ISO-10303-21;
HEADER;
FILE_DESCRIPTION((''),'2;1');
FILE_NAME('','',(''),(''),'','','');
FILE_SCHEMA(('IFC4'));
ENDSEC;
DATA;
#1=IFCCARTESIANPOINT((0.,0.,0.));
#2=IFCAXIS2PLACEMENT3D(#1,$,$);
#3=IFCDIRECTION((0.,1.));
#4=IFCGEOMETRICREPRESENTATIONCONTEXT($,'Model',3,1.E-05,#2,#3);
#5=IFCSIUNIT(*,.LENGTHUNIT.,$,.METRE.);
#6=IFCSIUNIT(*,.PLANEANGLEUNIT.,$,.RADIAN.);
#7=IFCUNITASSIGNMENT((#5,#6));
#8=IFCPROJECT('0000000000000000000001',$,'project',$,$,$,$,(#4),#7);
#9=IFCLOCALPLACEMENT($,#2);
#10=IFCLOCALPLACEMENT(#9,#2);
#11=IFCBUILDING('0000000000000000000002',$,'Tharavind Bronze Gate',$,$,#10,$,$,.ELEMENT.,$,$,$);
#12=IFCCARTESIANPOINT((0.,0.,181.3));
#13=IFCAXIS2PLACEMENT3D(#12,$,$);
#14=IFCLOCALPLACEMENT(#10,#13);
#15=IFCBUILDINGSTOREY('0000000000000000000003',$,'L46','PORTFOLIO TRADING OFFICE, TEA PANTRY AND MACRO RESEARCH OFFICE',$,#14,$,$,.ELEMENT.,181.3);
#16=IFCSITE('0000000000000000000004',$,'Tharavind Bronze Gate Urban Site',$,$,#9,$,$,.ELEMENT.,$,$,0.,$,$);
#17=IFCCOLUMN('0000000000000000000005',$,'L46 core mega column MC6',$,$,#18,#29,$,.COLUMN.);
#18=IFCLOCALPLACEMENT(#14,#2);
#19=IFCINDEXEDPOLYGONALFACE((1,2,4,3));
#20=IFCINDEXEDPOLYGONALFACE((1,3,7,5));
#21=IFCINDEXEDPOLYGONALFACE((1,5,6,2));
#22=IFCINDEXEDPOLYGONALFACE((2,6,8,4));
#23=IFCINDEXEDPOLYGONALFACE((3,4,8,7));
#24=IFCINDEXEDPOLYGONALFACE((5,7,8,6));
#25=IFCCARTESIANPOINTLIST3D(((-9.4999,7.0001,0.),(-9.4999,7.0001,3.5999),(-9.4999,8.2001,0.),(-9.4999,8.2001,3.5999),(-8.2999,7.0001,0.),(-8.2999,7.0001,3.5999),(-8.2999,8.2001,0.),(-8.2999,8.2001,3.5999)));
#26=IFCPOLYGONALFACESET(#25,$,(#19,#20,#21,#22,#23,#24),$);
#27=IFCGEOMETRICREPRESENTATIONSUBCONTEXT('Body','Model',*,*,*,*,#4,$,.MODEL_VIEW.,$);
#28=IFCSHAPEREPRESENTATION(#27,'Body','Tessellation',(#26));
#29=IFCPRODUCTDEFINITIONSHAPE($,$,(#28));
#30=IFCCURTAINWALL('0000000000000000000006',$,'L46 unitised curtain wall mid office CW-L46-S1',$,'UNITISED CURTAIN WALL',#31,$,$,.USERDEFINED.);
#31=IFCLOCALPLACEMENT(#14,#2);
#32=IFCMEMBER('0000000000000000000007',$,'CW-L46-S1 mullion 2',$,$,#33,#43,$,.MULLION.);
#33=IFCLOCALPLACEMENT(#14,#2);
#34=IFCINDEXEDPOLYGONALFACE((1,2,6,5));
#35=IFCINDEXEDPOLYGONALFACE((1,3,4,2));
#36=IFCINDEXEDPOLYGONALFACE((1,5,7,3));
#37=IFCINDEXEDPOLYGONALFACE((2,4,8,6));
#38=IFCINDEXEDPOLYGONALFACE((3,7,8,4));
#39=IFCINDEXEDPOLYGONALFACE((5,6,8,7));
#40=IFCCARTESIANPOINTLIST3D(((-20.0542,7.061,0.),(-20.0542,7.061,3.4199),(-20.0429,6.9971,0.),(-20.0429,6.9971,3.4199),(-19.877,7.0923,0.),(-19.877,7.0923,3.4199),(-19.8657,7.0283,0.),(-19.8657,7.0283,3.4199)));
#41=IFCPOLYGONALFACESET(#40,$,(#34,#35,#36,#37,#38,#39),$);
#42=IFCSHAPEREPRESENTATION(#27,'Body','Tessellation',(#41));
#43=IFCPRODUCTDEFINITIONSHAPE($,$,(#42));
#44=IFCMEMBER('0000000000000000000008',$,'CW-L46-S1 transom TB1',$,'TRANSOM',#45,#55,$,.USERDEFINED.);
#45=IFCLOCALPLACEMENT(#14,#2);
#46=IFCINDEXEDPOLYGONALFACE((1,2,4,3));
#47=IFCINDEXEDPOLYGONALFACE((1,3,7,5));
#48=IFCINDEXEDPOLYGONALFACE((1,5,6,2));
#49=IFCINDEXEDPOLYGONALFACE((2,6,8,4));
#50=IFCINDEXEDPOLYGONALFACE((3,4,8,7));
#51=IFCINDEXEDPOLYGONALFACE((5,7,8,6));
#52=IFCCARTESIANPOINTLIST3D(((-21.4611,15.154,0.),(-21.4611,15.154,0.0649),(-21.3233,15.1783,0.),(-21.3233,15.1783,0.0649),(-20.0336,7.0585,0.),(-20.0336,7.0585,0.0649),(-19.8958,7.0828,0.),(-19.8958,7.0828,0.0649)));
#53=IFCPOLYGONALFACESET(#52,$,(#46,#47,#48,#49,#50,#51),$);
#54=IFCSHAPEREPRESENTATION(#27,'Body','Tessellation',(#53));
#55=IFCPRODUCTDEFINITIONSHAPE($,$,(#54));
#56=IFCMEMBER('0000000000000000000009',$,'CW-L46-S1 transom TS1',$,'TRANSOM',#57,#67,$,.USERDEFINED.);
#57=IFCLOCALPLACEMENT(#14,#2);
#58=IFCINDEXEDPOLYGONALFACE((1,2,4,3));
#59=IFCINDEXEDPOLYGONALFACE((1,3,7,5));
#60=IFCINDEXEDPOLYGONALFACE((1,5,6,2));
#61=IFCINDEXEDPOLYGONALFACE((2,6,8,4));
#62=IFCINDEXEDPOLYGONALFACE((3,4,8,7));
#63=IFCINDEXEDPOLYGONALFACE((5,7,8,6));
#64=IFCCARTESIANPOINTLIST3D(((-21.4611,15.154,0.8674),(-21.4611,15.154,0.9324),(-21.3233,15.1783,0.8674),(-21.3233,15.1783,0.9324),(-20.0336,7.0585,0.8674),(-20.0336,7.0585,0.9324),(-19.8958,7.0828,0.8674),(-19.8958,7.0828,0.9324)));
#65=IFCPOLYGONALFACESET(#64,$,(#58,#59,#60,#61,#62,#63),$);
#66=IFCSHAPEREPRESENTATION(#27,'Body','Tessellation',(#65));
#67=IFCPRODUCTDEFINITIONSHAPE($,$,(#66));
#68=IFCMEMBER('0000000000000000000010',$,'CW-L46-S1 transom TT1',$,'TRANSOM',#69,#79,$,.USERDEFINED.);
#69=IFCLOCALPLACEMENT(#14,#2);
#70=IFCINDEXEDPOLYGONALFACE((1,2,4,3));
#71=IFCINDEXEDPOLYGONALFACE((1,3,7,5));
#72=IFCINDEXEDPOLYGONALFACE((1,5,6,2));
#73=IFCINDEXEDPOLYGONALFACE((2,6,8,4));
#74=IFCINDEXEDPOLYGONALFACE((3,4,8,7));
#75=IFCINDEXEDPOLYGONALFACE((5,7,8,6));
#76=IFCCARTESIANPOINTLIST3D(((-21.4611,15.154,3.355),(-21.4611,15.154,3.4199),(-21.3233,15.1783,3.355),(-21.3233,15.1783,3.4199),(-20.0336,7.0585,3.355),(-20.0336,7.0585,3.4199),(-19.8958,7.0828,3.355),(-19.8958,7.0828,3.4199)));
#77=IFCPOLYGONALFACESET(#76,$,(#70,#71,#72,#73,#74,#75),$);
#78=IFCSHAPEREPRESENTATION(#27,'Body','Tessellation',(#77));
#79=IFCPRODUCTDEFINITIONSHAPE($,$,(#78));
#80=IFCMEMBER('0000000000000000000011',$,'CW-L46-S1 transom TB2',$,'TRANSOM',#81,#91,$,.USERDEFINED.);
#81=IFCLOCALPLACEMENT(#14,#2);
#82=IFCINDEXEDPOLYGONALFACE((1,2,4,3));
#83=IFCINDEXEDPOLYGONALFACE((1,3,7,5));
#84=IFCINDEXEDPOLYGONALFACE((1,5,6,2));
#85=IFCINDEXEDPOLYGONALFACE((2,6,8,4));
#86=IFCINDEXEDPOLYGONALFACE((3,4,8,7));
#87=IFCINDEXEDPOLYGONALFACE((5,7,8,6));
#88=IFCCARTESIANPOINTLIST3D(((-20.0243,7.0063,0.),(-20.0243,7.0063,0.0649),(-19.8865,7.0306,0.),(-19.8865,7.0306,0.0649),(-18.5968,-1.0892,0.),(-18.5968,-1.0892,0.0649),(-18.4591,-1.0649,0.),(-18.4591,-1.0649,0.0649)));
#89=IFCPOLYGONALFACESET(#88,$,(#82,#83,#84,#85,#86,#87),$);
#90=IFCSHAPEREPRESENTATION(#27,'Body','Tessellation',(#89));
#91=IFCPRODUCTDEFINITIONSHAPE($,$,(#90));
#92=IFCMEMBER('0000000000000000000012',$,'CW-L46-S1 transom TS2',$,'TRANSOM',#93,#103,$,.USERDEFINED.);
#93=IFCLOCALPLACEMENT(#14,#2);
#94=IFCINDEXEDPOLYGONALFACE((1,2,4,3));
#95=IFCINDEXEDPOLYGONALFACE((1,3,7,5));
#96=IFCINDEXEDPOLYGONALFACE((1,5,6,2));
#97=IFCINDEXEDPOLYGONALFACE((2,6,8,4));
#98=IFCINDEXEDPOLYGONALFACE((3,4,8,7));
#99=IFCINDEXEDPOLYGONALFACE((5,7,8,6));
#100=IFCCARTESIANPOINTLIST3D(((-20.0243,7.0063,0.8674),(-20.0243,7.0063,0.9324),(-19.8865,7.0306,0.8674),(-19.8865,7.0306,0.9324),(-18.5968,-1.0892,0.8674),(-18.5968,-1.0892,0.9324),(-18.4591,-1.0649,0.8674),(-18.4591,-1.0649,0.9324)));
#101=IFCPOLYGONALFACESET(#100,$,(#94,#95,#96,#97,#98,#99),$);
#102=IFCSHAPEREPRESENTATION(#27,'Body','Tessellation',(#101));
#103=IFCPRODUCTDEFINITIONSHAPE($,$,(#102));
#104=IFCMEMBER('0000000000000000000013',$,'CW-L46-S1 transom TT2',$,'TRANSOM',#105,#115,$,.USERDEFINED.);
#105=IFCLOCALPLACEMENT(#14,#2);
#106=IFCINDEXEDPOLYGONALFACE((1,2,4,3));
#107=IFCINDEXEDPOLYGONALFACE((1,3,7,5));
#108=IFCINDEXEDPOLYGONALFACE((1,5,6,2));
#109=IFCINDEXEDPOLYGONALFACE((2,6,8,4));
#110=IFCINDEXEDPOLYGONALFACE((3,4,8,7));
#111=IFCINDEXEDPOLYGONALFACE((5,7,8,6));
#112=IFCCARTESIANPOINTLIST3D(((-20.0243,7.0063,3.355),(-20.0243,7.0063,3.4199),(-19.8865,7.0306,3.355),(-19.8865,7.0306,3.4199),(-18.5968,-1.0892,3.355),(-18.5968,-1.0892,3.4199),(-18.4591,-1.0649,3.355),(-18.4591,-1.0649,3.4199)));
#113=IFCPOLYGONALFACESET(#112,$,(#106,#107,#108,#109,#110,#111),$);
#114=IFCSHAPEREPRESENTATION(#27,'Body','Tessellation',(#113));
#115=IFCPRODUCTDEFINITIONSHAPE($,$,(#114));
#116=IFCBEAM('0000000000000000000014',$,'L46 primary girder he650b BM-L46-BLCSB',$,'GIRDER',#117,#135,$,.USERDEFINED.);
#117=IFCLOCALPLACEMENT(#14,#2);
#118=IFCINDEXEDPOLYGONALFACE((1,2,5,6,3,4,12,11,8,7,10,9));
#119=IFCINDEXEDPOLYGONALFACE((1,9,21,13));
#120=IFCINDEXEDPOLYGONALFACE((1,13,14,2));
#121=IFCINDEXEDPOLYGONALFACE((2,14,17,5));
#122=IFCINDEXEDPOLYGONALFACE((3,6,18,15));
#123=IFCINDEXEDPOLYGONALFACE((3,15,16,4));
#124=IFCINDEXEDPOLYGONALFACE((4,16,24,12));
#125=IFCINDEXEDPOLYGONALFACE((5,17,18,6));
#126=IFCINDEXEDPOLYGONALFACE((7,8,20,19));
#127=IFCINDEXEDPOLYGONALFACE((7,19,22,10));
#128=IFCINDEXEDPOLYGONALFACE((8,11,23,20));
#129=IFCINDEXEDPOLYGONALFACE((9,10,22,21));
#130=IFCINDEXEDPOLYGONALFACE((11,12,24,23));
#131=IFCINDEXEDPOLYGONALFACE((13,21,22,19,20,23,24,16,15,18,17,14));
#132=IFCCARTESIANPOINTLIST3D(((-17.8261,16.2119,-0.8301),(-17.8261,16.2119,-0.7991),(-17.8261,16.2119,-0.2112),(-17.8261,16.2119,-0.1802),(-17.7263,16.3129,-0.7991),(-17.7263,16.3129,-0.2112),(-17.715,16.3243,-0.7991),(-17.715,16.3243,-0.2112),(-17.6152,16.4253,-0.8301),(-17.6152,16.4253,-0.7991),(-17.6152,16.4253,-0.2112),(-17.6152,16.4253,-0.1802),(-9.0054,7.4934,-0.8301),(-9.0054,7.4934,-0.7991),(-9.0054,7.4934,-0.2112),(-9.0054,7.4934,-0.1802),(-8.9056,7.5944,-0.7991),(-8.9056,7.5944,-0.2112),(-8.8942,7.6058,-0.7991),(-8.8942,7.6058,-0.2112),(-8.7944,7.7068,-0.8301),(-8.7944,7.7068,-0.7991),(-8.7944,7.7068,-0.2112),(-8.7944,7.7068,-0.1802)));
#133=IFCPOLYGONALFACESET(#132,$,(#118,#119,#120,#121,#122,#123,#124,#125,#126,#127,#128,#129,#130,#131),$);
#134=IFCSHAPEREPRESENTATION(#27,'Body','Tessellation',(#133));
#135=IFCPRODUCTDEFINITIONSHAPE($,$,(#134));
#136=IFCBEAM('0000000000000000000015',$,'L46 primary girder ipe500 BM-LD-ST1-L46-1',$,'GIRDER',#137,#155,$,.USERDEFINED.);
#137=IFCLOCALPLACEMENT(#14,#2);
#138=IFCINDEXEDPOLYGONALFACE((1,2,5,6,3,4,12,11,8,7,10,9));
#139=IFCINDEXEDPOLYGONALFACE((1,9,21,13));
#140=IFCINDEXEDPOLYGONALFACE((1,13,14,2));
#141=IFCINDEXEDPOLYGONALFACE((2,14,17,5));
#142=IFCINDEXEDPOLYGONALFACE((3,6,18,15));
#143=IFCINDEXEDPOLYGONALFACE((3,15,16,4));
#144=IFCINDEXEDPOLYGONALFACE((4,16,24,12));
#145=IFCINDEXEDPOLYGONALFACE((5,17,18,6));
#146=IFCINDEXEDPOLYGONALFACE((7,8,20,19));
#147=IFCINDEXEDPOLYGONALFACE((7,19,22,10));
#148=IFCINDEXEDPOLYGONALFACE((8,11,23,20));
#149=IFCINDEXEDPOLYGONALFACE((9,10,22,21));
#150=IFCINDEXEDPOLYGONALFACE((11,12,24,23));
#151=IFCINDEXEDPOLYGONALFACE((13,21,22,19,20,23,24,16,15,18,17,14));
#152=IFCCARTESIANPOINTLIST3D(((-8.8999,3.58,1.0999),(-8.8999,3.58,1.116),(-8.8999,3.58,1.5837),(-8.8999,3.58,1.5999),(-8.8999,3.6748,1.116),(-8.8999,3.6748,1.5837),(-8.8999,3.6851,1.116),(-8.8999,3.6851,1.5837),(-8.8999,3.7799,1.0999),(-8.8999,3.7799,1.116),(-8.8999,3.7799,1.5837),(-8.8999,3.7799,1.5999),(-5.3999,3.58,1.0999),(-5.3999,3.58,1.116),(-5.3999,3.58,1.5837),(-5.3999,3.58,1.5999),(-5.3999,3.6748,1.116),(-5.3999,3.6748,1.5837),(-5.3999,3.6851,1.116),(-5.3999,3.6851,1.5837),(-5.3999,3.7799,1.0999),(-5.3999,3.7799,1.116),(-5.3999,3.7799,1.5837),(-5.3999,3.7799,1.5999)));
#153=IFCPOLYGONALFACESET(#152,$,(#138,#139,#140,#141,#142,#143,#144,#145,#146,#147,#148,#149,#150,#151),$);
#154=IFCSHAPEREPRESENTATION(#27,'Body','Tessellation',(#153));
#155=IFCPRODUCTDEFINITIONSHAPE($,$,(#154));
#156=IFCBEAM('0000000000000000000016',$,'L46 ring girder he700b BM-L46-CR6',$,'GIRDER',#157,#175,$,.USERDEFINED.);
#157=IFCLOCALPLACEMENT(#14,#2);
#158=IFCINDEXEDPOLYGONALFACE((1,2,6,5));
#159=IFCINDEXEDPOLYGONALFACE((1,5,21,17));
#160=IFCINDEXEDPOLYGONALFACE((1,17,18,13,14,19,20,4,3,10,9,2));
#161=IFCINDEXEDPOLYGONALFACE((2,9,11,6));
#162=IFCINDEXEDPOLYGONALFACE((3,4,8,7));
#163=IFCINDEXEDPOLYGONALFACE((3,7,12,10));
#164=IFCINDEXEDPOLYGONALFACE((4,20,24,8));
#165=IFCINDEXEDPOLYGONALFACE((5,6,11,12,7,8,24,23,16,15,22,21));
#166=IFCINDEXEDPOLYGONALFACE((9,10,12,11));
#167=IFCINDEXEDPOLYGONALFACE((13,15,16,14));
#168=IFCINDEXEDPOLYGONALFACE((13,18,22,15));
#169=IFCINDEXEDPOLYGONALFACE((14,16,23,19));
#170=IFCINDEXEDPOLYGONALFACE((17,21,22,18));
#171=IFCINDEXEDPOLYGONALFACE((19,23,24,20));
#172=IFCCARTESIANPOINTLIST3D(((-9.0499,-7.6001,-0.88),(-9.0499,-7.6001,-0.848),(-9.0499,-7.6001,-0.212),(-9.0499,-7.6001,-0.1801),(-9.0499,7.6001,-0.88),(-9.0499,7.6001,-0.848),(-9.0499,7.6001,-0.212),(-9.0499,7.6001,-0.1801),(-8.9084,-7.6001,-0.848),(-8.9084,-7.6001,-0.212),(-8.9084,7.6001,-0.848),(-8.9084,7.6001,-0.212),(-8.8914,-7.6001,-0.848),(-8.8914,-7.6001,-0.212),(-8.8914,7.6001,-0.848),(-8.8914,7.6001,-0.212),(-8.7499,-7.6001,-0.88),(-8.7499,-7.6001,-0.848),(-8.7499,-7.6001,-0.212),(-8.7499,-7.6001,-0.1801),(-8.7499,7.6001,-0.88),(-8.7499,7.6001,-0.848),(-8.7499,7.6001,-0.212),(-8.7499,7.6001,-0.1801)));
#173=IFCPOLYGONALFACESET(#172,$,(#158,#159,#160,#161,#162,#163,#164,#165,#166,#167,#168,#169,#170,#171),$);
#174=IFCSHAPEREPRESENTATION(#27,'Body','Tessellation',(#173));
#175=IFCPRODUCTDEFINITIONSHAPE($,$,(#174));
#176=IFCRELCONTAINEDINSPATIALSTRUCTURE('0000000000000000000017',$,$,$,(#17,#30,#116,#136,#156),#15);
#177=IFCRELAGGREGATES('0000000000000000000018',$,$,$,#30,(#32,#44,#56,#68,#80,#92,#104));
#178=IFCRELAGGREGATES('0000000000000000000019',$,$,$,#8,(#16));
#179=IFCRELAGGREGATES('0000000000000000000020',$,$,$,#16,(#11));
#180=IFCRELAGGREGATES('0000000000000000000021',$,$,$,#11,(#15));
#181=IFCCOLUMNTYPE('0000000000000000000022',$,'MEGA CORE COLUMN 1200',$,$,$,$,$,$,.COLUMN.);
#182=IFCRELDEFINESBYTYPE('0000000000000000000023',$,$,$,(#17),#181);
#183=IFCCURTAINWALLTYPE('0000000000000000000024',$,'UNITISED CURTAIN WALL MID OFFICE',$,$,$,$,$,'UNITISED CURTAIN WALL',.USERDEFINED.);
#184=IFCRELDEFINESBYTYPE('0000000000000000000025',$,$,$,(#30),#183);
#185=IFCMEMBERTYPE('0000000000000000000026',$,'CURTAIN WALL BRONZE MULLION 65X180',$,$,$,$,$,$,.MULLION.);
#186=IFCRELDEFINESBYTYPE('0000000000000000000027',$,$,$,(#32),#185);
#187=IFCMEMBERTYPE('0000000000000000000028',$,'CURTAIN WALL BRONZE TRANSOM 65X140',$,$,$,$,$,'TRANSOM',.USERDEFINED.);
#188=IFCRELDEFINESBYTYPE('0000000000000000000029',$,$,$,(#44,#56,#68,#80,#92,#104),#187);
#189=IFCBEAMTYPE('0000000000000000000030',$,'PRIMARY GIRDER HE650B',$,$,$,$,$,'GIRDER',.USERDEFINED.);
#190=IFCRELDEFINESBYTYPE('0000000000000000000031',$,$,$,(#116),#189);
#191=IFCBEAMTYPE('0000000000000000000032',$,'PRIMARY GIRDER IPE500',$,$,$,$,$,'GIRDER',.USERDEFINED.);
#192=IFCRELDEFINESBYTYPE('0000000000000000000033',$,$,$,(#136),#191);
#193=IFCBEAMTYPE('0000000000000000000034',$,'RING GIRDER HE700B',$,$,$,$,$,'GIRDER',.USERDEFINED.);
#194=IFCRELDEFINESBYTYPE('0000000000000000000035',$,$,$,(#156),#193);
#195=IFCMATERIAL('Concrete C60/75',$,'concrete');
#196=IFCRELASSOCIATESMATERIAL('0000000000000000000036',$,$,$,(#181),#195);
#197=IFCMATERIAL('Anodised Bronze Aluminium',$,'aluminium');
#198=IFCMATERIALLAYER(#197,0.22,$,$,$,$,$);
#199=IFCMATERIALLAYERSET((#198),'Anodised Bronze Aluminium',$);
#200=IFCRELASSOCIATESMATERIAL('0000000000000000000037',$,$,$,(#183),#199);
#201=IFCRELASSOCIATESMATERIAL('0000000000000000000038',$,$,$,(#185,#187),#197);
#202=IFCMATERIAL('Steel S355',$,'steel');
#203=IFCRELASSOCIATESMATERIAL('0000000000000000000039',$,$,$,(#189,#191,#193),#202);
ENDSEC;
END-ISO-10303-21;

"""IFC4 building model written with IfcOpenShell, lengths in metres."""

from ifc_helpers import new_model, si_unit, direction, frame, origin, origin_2d, place, context, subcontext, project, spatial, rectangle, i_section, extrude, material, layer, layer_set, material_profile, profile_set, type_object, element, aggregate, save


model = new_model("IFC4")

# Units and contexts
model_context = context("Model", 3, precision=1e-05, world=origin(), true_north=direction((0.0, 1.0)))
body_context = subcontext(model_context, "Body", "Model", "MODEL_VIEW")
ifc_project = project(units=[si_unit("LENGTHUNIT", "METRE"), si_unit("PLANEANGLEUNIT", "RADIAN")], contexts=[model_context])

# Site, building, storey
site_placement = place(None, origin())
site = spatial("IfcSite", under=ifc_project, at=site_placement, Name="Tharavind Bronze Gate Urban Site", CompositionType="ELEMENT", RefElevation=0.0)
building_placement = place(site_placement, origin())
building = spatial("IfcBuilding", under=site, at=building_placement, Name="Tharavind Bronze Gate", CompositionType="ELEMENT")
storey_placement = place(building_placement, frame((0.0, 0.0, 181.3)))
storey = spatial("IfcBuildingStorey", under=building, at=storey_placement, Name="L46", Description="PORTFOLIO TRADING OFFICE, TEA PANTRY AND MACRO RESEARCH OFFICE", CompositionType="ELEMENT", Elevation=181.3)

# Column
ifc_material_1 = material(Name="Concrete C60/75", Category="concrete")
ifc_material_profile_1 = material_profile(ifc_material_1, rectangle(XDim=1.2, YDim=1.2, at=origin_2d()), Name="RCCOL1200")
ifc_profile_set_1 = profile_set([ifc_material_profile_1], Name="Concrete C60/75")
column_type = type_object("IfcColumnType", Name="MEGA CORE COLUMN 1200", PredefinedType="COLUMN", material=ifc_profile_set_1)
column_placement = place(storey_placement, frame((-8.8999, 7.6001, 0.0), z_axis=(0.0, 0.0, 1.0), x_axis=(1.0, 0.0, 0.0)))
element("IfcColumn", 1, at=column_placement, inside=storey, type_object=column_type, Name="L46 core mega column MC6", PredefinedType="COLUMN", context=body_context, shape_type="SweptSolid", body=[
    extrude(rectangle(XDim=1.2, YDim=1.2, at=origin_2d()), origin(), (0.0, 0.0, 1.0), 3.5999),
])

# Curtain wall, members
ifc_material_2 = material(Name="Anodised Bronze Aluminium", Category="aluminium")
ifc_layer_1 = layer(ifc_material_2, 0.22)
ifc_layer_set_1 = layer_set([ifc_layer_1], Name="Anodised Bronze Aluminium")
curtain_wall_type = type_object("IfcCurtainWallType", Name="UNITISED CURTAIN WALL MID OFFICE", ElementType="UNITISED CURTAIN WALL", PredefinedType="USERDEFINED", material=ifc_layer_set_1)
curtain_wall_placement = place(storey_placement, origin())
curtain_wall = element("IfcCurtainWall", 2, at=curtain_wall_placement, inside=storey, type_object=curtain_wall_type, Name="L46 unitised curtain wall mid office CW-L46-S1", ObjectType="UNITISED CURTAIN WALL", PredefinedType="USERDEFINED")
member_type_1 = type_object("IfcMemberType", Name="CURTAIN WALL BRONZE MULLION 65X180", PredefinedType="MULLION", material=ifc_material_2)
member_1_placement = place(storey_placement, frame((-19.96, 7.0447, 0.0), z_axis=(0.0, 0.0, 1.0), x_axis=(0.173648, -0.984808, 0.0)))
member_1 = element("IfcMember", 3, at=member_1_placement, type_object=member_type_1, Name="CW-L46-S1 mullion 2", PredefinedType="MULLION", context=body_context, shape_type="SweptSolid", body=[
    extrude(rectangle(XDim=0.0649, YDim=0.1799, at=origin_2d()), origin(), (0.0, 0.0, 1.0), 3.4199),
])
member_type_2 = type_object("IfcMemberType", Name="CURTAIN WALL BRONZE TRANSOM 65X140", ElementType="TRANSOM", PredefinedType="USERDEFINED", material=ifc_material_2)
member_2_placement = place(storey_placement, frame((-20.6785, 11.1184, 0.0), z_axis=(0.0, 0.0, 1.0), x_axis=(0.173648, -0.984808, 0.0)))
member_2 = element("IfcMember", 4, at=member_2_placement, type_object=member_type_2, Name="CW-L46-S1 transom TB1", ObjectType="TRANSOM", PredefinedType="USERDEFINED", context=body_context, shape_type="SweptSolid", body=[
    extrude(rectangle(XDim=8.2205, YDim=0.1399, at=origin_2d()), origin(), (0.0, 0.0, 1.0), 0.0649),
])
member_3_placement = place(storey_placement, frame((-20.6785, 11.1184, 0.8674), z_axis=(0.0, 0.0, 1.0), x_axis=(0.173648, -0.984808, 0.0)))
member_3 = element("IfcMember", 5, at=member_3_placement, type_object=member_type_2, Name="CW-L46-S1 transom TS1", ObjectType="TRANSOM", PredefinedType="USERDEFINED", context=body_context, shape_type="SweptSolid", body=[
    extrude(rectangle(XDim=8.2205, YDim=0.1399, at=origin_2d()), origin(), (0.0, 0.0, 1.0), 0.0649),
])
member_4_placement = place(storey_placement, frame((-20.6785, 11.1184, 3.355), z_axis=(0.0, 0.0, 1.0), x_axis=(0.173648, -0.984808, 0.0)))
member_4 = element("IfcMember", 6, at=member_4_placement, type_object=member_type_2, Name="CW-L46-S1 transom TT1", ObjectType="TRANSOM", PredefinedType="USERDEFINED", context=body_context, shape_type="SweptSolid", body=[
    extrude(rectangle(XDim=8.2205, YDim=0.1399, at=origin_2d()), origin(), (0.0, 0.0, 1.0), 0.0649),
])
member_5_placement = place(storey_placement, frame((-19.2417, 2.9707, 0.0), z_axis=(0.0, 0.0, 1.0), x_axis=(0.173648, -0.984808, 0.0)))
member_5 = element("IfcMember", 7, at=member_5_placement, type_object=member_type_2, Name="CW-L46-S1 transom TB2", ObjectType="TRANSOM", PredefinedType="USERDEFINED", context=body_context, shape_type="SweptSolid", body=[
    extrude(rectangle(XDim=8.2205, YDim=0.1399, at=origin_2d()), origin(), (0.0, 0.0, 1.0), 0.0649),
])
member_6_placement = place(storey_placement, frame((-19.2417, 2.9707, 0.8674), z_axis=(0.0, 0.0, 1.0), x_axis=(0.173648, -0.984808, 0.0)))
member_6 = element("IfcMember", 8, at=member_6_placement, type_object=member_type_2, Name="CW-L46-S1 transom TS2", ObjectType="TRANSOM", PredefinedType="USERDEFINED", context=body_context, shape_type="SweptSolid", body=[
    extrude(rectangle(XDim=8.2205, YDim=0.1399, at=origin_2d()), origin(), (0.0, 0.0, 1.0), 0.0649),
])
member_7_placement = place(storey_placement, frame((-19.2417, 2.9707, 3.355), z_axis=(0.0, 0.0, 1.0), x_axis=(0.173648, -0.984808, 0.0)))
member_7 = element("IfcMember", 9, at=member_7_placement, type_object=member_type_2, Name="CW-L46-S1 transom TT2", ObjectType="TRANSOM", PredefinedType="USERDEFINED", context=body_context, shape_type="SweptSolid", body=[
    extrude(rectangle(XDim=8.2205, YDim=0.1399, at=origin_2d()), origin(), (0.0, 0.0, 1.0), 0.0649),
])

# Beams
ifc_material_3 = material(Name="Steel S355", Category="steel")
ifc_material_profile_2 = material_profile(ifc_material_3, i_section(OverallWidth=0.3, OverallDepth=0.6499, WebThickness=0.0161, FlangeThickness=0.031, at=origin_2d()), Name="HE650B")
ifc_profile_set_2 = profile_set([ifc_material_profile_2], Name="Steel S355")
beam_type_1 = type_object("IfcBeamType", Name="PRIMARY GIRDER HE650B", ElementType="GIRDER", PredefinedType="USERDEFINED", material=ifc_profile_set_2)
beam_1_placement = place(storey_placement, frame((-8.8999, 7.6001, -0.5051), z_axis=(-0.711219, 0.702971, 0.0), x_axis=(-0.702971, -0.711219, 0.0)))
element("IfcBeam", 10, at=beam_1_placement, inside=storey, type_object=beam_type_1, Name="L46 primary girder he650b BM-L46-BLCSB", ObjectType="GIRDER", PredefinedType="USERDEFINED", context=body_context, shape_type="SweptSolid", body=[
    extrude(i_section(OverallWidth=0.3, OverallDepth=0.6499, WebThickness=0.0161, FlangeThickness=0.031, at=origin_2d()), origin(), (0.0, 0.0, 1.0), 12.4023),
])
ifc_material_profile_3 = material_profile(ifc_material_3, i_section(OverallWidth=0.2, OverallDepth=0.5, WebThickness=0.0103, FlangeThickness=0.0161, at=origin_2d()), Name="IPE500")
ifc_profile_set_3 = profile_set([ifc_material_profile_3], Name="Steel S355")
beam_type_2 = type_object("IfcBeamType", Name="PRIMARY GIRDER IPE500", ElementType="GIRDER", PredefinedType="USERDEFINED", material=ifc_profile_set_3)
beam_2_placement = place(storey_placement, frame((-8.8999, 3.6799, 1.3499), z_axis=(1.0, 0.0, 0.0), x_axis=(0.0, 1.0, 0.0)))
element("IfcBeam", 11, at=beam_2_placement, inside=storey, type_object=beam_type_2, Name="L46 primary girder ipe500 BM-LD-ST1-L46-1", ObjectType="GIRDER", PredefinedType="USERDEFINED", context=body_context, shape_type="SweptSolid", body=[
    extrude(i_section(OverallWidth=0.2, OverallDepth=0.5, WebThickness=0.0103, FlangeThickness=0.0161, at=origin_2d()), origin(), (0.0, 0.0, 1.0), 3.5),
])
ifc_material_profile_4 = material_profile(ifc_material_3, i_section(OverallWidth=0.3, OverallDepth=0.7, WebThickness=0.0171, FlangeThickness=0.032, at=origin_2d()), Name="HE700B")
ifc_profile_set_4 = profile_set([ifc_material_profile_4], Name="Steel S355")
beam_type_3 = type_object("IfcBeamType", Name="RING GIRDER HE700B", ElementType="GIRDER", PredefinedType="USERDEFINED", material=ifc_profile_set_4)
beam_3_placement = place(storey_placement, frame((-8.8999, 7.6001, -0.53), z_axis=(0.0, -1.0, 0.0), x_axis=(1.0, 0.0, 0.0)))
element("IfcBeam", 12, at=beam_3_placement, inside=storey, type_object=beam_type_3, Name="L46 ring girder he700b BM-L46-CR6", ObjectType="GIRDER", PredefinedType="USERDEFINED", context=body_context, shape_type="SweptSolid", body=[
    extrude(i_section(OverallWidth=0.3, OverallDepth=0.7, WebThickness=0.0171, FlangeThickness=0.032, at=origin_2d()), origin(), (0.0, 0.0, 1.0), 15.2002),
])

aggregate(curtain_wall, [member_1, member_2, member_3, member_4, member_5, member_6, member_7])

save(model, "model.ifc")
